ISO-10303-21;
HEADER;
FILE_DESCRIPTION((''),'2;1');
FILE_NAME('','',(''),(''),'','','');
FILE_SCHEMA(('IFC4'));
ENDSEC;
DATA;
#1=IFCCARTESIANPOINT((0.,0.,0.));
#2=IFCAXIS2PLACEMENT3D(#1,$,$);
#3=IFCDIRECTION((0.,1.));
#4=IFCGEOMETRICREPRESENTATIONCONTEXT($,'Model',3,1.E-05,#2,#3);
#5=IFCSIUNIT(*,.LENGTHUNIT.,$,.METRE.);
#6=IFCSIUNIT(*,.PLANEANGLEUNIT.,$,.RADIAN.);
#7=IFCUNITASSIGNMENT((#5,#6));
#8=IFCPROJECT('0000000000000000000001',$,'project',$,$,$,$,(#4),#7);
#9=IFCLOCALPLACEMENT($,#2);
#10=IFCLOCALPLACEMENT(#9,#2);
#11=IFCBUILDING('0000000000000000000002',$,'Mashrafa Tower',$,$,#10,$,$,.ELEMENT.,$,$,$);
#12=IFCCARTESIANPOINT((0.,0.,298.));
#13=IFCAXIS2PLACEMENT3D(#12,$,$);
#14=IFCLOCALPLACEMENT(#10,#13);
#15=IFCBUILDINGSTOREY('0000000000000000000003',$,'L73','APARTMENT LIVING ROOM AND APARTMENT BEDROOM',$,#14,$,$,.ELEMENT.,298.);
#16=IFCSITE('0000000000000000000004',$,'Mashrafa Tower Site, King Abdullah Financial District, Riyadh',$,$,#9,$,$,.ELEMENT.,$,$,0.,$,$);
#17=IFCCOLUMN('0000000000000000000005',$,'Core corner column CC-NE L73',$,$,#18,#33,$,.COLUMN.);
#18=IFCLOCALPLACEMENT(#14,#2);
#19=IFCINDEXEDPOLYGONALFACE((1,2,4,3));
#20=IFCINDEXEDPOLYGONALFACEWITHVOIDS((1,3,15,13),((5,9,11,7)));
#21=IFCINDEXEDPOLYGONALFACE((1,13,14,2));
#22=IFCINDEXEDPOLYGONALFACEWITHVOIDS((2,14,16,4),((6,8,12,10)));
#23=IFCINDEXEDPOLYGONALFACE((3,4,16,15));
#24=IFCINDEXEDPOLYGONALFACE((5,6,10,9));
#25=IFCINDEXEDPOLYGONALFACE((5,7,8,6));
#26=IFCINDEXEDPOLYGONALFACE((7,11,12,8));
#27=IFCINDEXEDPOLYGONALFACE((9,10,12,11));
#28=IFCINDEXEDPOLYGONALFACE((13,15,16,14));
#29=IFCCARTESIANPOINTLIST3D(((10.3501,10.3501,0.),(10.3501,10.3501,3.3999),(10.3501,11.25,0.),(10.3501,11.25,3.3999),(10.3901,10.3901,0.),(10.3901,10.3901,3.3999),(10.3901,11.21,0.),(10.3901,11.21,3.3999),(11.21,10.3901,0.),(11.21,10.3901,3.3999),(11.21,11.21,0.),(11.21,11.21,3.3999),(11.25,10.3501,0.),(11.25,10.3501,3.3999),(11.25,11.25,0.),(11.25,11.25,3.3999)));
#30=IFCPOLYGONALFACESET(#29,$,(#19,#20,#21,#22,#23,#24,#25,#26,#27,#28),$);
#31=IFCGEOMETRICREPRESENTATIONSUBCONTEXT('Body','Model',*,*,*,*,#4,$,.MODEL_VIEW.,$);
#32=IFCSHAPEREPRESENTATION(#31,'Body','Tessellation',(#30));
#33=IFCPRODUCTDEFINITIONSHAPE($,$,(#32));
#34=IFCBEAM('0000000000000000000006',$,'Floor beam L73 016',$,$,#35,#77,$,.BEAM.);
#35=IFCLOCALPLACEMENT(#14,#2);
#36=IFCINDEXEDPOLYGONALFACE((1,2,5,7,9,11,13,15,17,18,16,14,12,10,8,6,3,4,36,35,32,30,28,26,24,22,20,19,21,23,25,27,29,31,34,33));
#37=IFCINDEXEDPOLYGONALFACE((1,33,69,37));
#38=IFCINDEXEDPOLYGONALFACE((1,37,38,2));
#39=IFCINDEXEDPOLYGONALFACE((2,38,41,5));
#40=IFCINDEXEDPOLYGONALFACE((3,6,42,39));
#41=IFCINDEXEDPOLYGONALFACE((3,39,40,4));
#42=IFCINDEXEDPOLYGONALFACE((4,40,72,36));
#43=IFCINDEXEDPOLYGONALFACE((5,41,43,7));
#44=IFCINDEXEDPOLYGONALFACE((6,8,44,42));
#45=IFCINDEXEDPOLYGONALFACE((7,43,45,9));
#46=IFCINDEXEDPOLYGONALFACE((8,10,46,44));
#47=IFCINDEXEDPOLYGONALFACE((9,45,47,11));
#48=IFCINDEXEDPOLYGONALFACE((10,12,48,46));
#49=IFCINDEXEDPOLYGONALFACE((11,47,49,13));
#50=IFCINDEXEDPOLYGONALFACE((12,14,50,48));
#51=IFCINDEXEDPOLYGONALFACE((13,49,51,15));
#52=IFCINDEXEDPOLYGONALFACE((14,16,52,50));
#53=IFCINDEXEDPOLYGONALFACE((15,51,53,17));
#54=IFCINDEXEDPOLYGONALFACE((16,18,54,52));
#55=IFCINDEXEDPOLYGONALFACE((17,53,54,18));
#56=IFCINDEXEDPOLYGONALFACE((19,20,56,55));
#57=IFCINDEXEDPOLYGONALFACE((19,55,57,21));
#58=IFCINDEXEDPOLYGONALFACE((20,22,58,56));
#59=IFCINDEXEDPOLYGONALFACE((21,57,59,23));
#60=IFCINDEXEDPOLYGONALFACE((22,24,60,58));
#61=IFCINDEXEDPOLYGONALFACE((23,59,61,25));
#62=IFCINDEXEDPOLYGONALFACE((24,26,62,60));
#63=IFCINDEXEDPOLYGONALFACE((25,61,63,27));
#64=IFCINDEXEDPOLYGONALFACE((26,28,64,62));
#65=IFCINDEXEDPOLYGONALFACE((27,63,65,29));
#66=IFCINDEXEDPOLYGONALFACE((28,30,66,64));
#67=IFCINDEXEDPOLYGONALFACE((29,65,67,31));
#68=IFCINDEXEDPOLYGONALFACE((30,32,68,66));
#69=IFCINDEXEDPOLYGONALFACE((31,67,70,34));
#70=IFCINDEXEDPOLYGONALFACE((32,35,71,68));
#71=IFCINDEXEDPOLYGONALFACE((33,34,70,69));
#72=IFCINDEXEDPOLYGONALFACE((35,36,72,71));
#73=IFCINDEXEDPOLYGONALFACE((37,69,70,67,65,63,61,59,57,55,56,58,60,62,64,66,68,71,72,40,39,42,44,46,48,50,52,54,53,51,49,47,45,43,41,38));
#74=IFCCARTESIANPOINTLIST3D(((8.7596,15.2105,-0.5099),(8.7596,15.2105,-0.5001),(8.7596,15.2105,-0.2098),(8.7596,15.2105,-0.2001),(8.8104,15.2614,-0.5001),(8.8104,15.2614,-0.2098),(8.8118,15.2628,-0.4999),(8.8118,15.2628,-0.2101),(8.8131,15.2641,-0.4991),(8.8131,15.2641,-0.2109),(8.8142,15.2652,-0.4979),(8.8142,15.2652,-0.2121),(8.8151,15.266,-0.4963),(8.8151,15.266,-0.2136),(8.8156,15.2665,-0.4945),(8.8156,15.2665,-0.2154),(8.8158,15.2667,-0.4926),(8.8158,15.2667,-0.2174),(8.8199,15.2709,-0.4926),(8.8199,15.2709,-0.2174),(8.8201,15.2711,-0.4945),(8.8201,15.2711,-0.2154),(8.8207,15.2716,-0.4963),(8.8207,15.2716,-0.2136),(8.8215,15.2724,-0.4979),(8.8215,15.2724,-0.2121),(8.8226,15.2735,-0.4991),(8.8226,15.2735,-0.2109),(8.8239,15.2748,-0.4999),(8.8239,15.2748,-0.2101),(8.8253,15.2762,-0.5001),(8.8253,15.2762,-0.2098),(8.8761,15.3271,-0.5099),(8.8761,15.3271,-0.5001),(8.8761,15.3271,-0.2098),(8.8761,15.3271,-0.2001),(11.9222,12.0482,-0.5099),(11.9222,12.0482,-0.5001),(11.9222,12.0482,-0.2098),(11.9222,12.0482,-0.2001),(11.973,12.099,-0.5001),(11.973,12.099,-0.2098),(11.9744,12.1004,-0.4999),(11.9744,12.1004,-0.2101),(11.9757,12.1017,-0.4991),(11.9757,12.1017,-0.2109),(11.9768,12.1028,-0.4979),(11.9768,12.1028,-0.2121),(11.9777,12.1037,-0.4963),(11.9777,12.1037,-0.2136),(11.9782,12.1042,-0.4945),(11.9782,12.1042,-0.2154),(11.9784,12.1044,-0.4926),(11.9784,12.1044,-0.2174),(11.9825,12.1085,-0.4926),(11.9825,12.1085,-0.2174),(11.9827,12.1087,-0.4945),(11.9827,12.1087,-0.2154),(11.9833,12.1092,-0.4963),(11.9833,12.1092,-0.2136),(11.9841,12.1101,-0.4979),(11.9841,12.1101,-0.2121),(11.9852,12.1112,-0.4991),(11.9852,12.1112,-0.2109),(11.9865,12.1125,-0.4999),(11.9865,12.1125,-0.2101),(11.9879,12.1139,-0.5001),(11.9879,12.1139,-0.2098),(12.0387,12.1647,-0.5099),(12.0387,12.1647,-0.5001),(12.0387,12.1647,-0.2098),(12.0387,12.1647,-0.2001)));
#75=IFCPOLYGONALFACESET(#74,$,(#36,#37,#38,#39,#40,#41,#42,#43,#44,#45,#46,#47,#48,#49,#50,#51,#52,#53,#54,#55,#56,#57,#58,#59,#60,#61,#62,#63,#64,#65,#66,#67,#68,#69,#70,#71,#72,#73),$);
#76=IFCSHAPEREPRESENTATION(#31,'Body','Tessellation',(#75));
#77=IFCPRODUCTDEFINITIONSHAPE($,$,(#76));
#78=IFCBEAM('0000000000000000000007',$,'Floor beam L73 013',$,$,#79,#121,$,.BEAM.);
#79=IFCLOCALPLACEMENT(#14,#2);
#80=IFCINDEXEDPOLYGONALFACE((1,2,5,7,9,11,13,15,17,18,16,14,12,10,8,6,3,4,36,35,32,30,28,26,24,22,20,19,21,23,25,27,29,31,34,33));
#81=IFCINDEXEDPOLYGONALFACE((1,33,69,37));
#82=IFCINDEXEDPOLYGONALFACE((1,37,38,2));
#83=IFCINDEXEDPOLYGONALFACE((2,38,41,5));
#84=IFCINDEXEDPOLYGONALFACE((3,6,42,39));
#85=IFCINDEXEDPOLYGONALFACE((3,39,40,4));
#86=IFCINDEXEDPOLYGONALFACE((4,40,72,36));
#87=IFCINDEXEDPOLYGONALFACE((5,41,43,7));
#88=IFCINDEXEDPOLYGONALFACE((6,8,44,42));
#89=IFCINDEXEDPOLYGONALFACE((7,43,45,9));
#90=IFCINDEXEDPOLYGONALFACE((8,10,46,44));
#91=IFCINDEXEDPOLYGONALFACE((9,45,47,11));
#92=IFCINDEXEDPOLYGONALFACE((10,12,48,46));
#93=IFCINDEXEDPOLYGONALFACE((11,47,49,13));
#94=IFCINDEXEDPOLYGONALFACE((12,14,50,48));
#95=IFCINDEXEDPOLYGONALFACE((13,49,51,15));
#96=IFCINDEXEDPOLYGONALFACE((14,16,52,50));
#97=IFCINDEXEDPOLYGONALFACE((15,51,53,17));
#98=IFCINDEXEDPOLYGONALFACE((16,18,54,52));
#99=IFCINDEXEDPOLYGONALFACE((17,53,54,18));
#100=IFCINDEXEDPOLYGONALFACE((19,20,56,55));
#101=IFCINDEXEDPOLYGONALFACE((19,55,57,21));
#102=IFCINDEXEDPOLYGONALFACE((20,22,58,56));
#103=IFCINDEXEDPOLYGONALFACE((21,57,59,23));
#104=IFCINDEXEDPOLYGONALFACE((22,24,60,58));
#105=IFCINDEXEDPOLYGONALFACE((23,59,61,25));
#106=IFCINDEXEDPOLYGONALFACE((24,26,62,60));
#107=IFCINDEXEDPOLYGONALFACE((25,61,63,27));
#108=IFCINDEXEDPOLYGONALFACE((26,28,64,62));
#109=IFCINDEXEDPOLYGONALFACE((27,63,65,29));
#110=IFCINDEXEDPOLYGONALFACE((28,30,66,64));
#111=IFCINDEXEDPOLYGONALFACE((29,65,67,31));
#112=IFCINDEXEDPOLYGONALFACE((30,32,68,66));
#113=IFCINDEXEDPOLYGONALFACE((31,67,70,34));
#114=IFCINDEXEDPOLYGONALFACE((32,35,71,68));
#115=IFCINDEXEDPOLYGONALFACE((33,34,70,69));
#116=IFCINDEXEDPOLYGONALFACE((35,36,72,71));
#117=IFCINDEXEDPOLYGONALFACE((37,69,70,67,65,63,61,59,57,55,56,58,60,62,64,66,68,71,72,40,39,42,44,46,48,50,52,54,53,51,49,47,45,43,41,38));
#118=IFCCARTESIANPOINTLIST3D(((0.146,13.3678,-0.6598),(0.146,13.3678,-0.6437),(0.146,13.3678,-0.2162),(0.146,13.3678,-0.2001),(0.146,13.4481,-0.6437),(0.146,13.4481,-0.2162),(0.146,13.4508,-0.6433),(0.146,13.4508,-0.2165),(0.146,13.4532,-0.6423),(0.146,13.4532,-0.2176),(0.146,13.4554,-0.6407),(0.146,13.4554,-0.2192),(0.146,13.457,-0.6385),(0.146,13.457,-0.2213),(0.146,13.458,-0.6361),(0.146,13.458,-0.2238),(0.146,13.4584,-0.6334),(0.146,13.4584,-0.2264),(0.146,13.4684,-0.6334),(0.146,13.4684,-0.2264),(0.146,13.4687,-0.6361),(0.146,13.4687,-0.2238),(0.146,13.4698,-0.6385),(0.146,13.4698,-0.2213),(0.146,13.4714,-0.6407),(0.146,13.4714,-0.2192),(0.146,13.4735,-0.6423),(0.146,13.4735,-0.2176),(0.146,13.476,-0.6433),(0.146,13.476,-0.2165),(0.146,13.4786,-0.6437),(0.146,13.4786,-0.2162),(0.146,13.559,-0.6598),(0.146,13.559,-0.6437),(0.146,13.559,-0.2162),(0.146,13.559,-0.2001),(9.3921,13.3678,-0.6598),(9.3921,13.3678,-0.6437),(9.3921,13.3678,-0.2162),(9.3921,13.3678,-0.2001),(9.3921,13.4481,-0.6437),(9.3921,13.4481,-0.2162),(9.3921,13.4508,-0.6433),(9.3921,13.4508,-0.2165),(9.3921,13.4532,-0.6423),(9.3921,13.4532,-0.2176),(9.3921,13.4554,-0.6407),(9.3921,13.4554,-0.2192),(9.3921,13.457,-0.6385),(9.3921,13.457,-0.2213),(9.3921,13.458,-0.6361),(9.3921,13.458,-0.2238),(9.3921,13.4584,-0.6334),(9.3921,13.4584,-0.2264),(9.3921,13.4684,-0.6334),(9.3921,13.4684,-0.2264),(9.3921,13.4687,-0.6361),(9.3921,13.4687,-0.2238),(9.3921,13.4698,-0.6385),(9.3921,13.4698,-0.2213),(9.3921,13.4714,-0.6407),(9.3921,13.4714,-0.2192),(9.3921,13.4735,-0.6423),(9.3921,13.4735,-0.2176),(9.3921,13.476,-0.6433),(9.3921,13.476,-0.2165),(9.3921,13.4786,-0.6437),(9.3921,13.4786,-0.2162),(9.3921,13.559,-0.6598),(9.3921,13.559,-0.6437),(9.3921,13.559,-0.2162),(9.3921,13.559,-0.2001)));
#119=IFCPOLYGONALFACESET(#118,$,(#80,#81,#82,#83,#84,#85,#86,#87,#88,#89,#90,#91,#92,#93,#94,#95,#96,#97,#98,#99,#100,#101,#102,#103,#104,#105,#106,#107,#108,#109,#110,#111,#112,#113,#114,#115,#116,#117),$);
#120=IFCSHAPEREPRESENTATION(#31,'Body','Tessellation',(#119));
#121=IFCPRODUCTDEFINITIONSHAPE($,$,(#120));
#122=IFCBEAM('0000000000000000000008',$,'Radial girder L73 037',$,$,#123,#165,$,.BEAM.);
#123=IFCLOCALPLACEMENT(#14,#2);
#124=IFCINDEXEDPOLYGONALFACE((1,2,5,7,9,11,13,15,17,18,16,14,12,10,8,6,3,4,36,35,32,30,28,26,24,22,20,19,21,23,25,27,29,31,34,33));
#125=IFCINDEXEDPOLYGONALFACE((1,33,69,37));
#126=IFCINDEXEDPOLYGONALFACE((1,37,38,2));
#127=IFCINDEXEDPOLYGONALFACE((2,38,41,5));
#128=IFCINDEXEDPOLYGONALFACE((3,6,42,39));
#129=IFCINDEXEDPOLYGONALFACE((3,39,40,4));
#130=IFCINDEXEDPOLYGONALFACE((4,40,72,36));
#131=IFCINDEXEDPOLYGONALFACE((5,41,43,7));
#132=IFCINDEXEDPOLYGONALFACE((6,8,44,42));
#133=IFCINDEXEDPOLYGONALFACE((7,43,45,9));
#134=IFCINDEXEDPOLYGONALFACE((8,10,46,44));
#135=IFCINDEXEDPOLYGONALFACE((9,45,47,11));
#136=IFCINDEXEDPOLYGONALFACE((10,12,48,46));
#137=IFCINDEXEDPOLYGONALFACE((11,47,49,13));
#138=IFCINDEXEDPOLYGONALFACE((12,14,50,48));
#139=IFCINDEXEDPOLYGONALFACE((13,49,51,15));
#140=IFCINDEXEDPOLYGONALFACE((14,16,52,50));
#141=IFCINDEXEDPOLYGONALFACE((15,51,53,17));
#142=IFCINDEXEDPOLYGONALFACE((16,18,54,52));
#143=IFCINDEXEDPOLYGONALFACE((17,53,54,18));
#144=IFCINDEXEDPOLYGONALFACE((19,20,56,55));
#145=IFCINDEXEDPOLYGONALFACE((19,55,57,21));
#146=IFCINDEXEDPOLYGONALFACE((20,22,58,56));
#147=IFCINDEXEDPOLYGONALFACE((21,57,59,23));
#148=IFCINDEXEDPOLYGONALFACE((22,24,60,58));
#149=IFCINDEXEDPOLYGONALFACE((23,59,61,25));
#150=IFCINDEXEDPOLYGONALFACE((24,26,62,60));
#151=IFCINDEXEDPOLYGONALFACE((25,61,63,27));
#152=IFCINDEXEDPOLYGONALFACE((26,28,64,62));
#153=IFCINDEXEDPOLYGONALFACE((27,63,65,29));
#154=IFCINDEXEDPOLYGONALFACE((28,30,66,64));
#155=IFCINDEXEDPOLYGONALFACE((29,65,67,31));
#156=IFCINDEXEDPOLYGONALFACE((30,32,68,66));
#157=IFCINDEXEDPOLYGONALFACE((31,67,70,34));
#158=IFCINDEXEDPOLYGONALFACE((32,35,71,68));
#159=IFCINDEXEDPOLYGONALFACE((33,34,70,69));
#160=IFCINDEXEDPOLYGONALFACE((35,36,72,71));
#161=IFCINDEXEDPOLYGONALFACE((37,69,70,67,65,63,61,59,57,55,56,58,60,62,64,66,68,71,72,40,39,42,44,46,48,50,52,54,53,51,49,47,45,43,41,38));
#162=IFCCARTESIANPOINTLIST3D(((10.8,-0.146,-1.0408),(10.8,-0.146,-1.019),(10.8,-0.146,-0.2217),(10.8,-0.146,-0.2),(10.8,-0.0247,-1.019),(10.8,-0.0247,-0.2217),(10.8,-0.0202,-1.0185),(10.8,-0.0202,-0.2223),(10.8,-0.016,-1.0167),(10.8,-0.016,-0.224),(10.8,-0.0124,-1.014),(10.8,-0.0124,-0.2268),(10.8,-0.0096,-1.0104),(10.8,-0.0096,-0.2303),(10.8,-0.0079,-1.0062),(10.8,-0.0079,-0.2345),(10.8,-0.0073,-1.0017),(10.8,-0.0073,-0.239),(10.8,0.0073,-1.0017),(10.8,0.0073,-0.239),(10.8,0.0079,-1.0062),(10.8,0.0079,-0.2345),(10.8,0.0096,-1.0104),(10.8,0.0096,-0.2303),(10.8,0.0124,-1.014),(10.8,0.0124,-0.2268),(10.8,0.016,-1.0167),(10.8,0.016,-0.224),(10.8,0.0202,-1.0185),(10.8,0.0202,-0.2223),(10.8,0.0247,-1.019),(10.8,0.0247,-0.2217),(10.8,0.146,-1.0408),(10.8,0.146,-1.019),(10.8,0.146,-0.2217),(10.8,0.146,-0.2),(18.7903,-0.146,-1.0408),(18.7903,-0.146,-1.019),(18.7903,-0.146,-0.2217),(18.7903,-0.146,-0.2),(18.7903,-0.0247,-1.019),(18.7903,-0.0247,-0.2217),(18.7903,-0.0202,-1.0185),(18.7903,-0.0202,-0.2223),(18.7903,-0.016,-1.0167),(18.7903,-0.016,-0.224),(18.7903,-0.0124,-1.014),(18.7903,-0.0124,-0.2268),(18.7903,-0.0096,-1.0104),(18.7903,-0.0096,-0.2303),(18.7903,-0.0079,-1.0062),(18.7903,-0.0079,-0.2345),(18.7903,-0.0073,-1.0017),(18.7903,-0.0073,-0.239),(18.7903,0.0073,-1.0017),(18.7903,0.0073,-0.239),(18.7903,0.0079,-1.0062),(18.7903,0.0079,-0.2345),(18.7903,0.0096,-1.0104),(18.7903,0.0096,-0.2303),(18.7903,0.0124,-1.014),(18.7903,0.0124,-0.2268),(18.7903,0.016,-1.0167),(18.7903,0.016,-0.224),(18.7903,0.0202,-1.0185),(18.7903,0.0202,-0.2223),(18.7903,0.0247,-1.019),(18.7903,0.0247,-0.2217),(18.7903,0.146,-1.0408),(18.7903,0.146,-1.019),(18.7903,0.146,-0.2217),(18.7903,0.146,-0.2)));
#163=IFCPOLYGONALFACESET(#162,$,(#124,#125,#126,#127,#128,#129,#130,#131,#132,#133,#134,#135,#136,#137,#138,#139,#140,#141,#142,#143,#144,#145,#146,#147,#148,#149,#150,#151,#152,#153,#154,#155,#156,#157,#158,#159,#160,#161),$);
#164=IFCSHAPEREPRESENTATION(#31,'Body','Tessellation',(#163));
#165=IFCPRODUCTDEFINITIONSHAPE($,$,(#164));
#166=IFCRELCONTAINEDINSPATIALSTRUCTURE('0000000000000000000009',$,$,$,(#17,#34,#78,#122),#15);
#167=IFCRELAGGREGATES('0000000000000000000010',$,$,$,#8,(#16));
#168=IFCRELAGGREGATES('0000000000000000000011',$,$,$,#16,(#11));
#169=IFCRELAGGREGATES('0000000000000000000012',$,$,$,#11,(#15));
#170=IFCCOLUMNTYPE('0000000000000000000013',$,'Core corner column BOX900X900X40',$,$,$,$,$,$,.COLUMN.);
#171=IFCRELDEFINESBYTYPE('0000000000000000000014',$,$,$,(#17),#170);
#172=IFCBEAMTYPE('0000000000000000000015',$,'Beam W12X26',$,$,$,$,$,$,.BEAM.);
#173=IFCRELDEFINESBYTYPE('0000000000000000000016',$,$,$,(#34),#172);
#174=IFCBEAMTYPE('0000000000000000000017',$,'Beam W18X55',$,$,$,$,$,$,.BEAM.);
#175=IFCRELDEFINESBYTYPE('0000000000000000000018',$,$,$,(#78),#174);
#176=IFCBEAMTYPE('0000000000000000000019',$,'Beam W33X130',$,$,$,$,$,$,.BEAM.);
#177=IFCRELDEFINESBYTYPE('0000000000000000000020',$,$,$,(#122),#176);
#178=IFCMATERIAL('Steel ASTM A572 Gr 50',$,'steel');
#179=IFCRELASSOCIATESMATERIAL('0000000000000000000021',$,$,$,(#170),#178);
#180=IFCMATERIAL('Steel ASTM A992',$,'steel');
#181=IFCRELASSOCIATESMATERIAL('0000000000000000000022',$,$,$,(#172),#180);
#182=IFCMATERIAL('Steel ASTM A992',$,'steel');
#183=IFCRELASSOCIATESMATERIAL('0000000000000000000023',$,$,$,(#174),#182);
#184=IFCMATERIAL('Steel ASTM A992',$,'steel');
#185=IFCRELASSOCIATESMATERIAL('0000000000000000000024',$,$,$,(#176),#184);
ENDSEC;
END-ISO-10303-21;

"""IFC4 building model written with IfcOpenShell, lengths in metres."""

from ifc_helpers import new_model, si_unit, direction, frame, origin, origin_2d, place, context, subcontext, project, spatial, hollow_rectangle, i_section, extrude, material, material_profile, profile_set, type_object, element, save


model = new_model("IFC4")

# Units and contexts
model_context = context("Model", 3, precision=1e-05, world=origin(), true_north=direction((0.0, 1.0)))
body_context = subcontext(model_context, "Body", "Model", "MODEL_VIEW")
ifc_project = project(units=[si_unit("LENGTHUNIT", "METRE"), si_unit("PLANEANGLEUNIT", "RADIAN")], contexts=[model_context])

# Site, building, storey
site_placement = place(None, origin())
site = spatial("IfcSite", under=ifc_project, at=site_placement, Name="Mashrafa Tower Site, King Abdullah Financial District, Riyadh", CompositionType="ELEMENT", RefElevation=0.0)
building_placement = place(site_placement, origin())
building = spatial("IfcBuilding", under=site, at=building_placement, Name="Mashrafa Tower", CompositionType="ELEMENT")
storey_placement = place(building_placement, frame((0.0, 0.0, 298.0)))
storey = spatial("IfcBuildingStorey", under=building, at=storey_placement, Name="L73", Description="APARTMENT LIVING ROOM AND APARTMENT BEDROOM", CompositionType="ELEMENT", Elevation=298.0)

# Column
ifc_material_1 = material(Name="Steel ASTM A572 Gr 50", Category="steel")
ifc_material_profile_1 = material_profile(ifc_material_1, hollow_rectangle(XDim=0.8999, YDim=0.8999, WallThickness=0.04, at=origin_2d()), Name="BOX900X900X40")
ifc_profile_set_1 = profile_set([ifc_material_profile_1], Name="Steel ASTM A572 Gr 50")
column_type = type_object("IfcColumnType", Name="Core corner column BOX900X900X40", PredefinedType="COLUMN", material=ifc_profile_set_1)
column_placement = place(storey_placement, frame((10.8, 10.8, 0.0), z_axis=(0.0, 0.0, 1.0), x_axis=(1.0, 0.0, 0.0)))
element("IfcColumn", 1, at=column_placement, inside=storey, type_object=column_type, Name="Core corner column CC-NE L73", PredefinedType="COLUMN", context=body_context, shape_type="SweptSolid", body=[
    extrude(hollow_rectangle(XDim=0.8999, YDim=0.8999, WallThickness=0.04, at=origin_2d()), origin(), (0.0, 0.0, 1.0), 3.3999),
])

# Beams
ifc_material_2 = material(Name="Steel ASTM A992", Category="steel")
ifc_material_profile_2 = material_profile(ifc_material_2, i_section(OverallWidth=0.1648, OverallDepth=0.3098, WebThickness=0.0059, FlangeThickness=0.0098, FilletRadius=0.0076, at=origin_2d()), Name="W12X26")
ifc_profile_set_2 = profile_set([ifc_material_profile_2], Name="Steel ASTM A992")
beam_type_1 = type_object("IfcBeamType", Name="Beam W12X26", PredefinedType="BEAM", material=ifc_profile_set_2)
beam_1_placement = place(storey_placement, frame((8.8179, 15.2688, -0.355), z_axis=(0.707134, -0.707079, 0.0), x_axis=(0.707079, 0.707134, 0.0)))
element("IfcBeam", 2, at=beam_1_placement, inside=storey, type_object=beam_type_1, Name="Floor beam L73 016", PredefinedType="BEAM", context=body_context, shape_type="SweptSolid", body=[
    extrude(i_section(OverallWidth=0.1648, OverallDepth=0.3098, WebThickness=0.0059, FlangeThickness=0.0098, FilletRadius=0.0076, at=origin_2d()), origin(), (0.0, 0.0, 1.0), 4.4724),
])
ifc_material_3 = material(Name="Steel ASTM A992", Category="steel")
ifc_material_profile_3 = material_profile(ifc_material_3, i_section(OverallWidth=0.1912, OverallDepth=0.4597, WebThickness=0.01, FlangeThickness=0.0161, FilletRadius=0.0103, at=origin_2d()), Name="W18X55")
ifc_profile_set_3 = profile_set([ifc_material_profile_3], Name="Steel ASTM A992")
beam_type_2 = type_object("IfcBeamType", Name="Beam W18X55", PredefinedType="BEAM", material=ifc_profile_set_3)
beam_2_placement = place(storey_placement, frame((0.146, 13.4634, -0.4299), z_axis=(1.0, 0.0, 0.0), x_axis=(0.0, 1.0, 0.0)))
element("IfcBeam", 3, at=beam_2_placement, inside=storey, type_object=beam_type_2, Name="Floor beam L73 013", PredefinedType="BEAM", context=body_context, shape_type="SweptSolid", body=[
    extrude(i_section(OverallWidth=0.1912, OverallDepth=0.4597, WebThickness=0.01, FlangeThickness=0.0161, FilletRadius=0.0103, at=origin_2d()), origin(), (0.0, 0.0, 1.0), 9.2461),
])
ifc_material_4 = material(Name="Steel ASTM A992", Category="steel")
ifc_material_profile_4 = material_profile(ifc_material_4, i_section(OverallWidth=0.292, OverallDepth=0.8408, WebThickness=0.0146, FlangeThickness=0.0217, FilletRadius=0.0173, at=origin_2d()), Name="W33X130")
ifc_profile_set_4 = profile_set([ifc_material_profile_4], Name="Steel ASTM A992")
beam_type_3 = type_object("IfcBeamType", Name="Beam W33X130", PredefinedType="BEAM", material=ifc_profile_set_4)
beam_3_placement = place(storey_placement, frame((10.8, 0.0, -0.6204), z_axis=(1.0, 0.0, 0.0), x_axis=(0.0, 1.0, 0.0)))
element("IfcBeam", 4, at=beam_3_placement, inside=storey, type_object=beam_type_3, Name="Radial girder L73 037", PredefinedType="BEAM", context=body_context, shape_type="SweptSolid", body=[
    extrude(i_section(OverallWidth=0.292, OverallDepth=0.8408, WebThickness=0.0146, FlangeThickness=0.0217, FilletRadius=0.0173, at=origin_2d()), origin(), (0.0, 0.0, 1.0), 7.9902),
])

save(model, "model.ifc")
